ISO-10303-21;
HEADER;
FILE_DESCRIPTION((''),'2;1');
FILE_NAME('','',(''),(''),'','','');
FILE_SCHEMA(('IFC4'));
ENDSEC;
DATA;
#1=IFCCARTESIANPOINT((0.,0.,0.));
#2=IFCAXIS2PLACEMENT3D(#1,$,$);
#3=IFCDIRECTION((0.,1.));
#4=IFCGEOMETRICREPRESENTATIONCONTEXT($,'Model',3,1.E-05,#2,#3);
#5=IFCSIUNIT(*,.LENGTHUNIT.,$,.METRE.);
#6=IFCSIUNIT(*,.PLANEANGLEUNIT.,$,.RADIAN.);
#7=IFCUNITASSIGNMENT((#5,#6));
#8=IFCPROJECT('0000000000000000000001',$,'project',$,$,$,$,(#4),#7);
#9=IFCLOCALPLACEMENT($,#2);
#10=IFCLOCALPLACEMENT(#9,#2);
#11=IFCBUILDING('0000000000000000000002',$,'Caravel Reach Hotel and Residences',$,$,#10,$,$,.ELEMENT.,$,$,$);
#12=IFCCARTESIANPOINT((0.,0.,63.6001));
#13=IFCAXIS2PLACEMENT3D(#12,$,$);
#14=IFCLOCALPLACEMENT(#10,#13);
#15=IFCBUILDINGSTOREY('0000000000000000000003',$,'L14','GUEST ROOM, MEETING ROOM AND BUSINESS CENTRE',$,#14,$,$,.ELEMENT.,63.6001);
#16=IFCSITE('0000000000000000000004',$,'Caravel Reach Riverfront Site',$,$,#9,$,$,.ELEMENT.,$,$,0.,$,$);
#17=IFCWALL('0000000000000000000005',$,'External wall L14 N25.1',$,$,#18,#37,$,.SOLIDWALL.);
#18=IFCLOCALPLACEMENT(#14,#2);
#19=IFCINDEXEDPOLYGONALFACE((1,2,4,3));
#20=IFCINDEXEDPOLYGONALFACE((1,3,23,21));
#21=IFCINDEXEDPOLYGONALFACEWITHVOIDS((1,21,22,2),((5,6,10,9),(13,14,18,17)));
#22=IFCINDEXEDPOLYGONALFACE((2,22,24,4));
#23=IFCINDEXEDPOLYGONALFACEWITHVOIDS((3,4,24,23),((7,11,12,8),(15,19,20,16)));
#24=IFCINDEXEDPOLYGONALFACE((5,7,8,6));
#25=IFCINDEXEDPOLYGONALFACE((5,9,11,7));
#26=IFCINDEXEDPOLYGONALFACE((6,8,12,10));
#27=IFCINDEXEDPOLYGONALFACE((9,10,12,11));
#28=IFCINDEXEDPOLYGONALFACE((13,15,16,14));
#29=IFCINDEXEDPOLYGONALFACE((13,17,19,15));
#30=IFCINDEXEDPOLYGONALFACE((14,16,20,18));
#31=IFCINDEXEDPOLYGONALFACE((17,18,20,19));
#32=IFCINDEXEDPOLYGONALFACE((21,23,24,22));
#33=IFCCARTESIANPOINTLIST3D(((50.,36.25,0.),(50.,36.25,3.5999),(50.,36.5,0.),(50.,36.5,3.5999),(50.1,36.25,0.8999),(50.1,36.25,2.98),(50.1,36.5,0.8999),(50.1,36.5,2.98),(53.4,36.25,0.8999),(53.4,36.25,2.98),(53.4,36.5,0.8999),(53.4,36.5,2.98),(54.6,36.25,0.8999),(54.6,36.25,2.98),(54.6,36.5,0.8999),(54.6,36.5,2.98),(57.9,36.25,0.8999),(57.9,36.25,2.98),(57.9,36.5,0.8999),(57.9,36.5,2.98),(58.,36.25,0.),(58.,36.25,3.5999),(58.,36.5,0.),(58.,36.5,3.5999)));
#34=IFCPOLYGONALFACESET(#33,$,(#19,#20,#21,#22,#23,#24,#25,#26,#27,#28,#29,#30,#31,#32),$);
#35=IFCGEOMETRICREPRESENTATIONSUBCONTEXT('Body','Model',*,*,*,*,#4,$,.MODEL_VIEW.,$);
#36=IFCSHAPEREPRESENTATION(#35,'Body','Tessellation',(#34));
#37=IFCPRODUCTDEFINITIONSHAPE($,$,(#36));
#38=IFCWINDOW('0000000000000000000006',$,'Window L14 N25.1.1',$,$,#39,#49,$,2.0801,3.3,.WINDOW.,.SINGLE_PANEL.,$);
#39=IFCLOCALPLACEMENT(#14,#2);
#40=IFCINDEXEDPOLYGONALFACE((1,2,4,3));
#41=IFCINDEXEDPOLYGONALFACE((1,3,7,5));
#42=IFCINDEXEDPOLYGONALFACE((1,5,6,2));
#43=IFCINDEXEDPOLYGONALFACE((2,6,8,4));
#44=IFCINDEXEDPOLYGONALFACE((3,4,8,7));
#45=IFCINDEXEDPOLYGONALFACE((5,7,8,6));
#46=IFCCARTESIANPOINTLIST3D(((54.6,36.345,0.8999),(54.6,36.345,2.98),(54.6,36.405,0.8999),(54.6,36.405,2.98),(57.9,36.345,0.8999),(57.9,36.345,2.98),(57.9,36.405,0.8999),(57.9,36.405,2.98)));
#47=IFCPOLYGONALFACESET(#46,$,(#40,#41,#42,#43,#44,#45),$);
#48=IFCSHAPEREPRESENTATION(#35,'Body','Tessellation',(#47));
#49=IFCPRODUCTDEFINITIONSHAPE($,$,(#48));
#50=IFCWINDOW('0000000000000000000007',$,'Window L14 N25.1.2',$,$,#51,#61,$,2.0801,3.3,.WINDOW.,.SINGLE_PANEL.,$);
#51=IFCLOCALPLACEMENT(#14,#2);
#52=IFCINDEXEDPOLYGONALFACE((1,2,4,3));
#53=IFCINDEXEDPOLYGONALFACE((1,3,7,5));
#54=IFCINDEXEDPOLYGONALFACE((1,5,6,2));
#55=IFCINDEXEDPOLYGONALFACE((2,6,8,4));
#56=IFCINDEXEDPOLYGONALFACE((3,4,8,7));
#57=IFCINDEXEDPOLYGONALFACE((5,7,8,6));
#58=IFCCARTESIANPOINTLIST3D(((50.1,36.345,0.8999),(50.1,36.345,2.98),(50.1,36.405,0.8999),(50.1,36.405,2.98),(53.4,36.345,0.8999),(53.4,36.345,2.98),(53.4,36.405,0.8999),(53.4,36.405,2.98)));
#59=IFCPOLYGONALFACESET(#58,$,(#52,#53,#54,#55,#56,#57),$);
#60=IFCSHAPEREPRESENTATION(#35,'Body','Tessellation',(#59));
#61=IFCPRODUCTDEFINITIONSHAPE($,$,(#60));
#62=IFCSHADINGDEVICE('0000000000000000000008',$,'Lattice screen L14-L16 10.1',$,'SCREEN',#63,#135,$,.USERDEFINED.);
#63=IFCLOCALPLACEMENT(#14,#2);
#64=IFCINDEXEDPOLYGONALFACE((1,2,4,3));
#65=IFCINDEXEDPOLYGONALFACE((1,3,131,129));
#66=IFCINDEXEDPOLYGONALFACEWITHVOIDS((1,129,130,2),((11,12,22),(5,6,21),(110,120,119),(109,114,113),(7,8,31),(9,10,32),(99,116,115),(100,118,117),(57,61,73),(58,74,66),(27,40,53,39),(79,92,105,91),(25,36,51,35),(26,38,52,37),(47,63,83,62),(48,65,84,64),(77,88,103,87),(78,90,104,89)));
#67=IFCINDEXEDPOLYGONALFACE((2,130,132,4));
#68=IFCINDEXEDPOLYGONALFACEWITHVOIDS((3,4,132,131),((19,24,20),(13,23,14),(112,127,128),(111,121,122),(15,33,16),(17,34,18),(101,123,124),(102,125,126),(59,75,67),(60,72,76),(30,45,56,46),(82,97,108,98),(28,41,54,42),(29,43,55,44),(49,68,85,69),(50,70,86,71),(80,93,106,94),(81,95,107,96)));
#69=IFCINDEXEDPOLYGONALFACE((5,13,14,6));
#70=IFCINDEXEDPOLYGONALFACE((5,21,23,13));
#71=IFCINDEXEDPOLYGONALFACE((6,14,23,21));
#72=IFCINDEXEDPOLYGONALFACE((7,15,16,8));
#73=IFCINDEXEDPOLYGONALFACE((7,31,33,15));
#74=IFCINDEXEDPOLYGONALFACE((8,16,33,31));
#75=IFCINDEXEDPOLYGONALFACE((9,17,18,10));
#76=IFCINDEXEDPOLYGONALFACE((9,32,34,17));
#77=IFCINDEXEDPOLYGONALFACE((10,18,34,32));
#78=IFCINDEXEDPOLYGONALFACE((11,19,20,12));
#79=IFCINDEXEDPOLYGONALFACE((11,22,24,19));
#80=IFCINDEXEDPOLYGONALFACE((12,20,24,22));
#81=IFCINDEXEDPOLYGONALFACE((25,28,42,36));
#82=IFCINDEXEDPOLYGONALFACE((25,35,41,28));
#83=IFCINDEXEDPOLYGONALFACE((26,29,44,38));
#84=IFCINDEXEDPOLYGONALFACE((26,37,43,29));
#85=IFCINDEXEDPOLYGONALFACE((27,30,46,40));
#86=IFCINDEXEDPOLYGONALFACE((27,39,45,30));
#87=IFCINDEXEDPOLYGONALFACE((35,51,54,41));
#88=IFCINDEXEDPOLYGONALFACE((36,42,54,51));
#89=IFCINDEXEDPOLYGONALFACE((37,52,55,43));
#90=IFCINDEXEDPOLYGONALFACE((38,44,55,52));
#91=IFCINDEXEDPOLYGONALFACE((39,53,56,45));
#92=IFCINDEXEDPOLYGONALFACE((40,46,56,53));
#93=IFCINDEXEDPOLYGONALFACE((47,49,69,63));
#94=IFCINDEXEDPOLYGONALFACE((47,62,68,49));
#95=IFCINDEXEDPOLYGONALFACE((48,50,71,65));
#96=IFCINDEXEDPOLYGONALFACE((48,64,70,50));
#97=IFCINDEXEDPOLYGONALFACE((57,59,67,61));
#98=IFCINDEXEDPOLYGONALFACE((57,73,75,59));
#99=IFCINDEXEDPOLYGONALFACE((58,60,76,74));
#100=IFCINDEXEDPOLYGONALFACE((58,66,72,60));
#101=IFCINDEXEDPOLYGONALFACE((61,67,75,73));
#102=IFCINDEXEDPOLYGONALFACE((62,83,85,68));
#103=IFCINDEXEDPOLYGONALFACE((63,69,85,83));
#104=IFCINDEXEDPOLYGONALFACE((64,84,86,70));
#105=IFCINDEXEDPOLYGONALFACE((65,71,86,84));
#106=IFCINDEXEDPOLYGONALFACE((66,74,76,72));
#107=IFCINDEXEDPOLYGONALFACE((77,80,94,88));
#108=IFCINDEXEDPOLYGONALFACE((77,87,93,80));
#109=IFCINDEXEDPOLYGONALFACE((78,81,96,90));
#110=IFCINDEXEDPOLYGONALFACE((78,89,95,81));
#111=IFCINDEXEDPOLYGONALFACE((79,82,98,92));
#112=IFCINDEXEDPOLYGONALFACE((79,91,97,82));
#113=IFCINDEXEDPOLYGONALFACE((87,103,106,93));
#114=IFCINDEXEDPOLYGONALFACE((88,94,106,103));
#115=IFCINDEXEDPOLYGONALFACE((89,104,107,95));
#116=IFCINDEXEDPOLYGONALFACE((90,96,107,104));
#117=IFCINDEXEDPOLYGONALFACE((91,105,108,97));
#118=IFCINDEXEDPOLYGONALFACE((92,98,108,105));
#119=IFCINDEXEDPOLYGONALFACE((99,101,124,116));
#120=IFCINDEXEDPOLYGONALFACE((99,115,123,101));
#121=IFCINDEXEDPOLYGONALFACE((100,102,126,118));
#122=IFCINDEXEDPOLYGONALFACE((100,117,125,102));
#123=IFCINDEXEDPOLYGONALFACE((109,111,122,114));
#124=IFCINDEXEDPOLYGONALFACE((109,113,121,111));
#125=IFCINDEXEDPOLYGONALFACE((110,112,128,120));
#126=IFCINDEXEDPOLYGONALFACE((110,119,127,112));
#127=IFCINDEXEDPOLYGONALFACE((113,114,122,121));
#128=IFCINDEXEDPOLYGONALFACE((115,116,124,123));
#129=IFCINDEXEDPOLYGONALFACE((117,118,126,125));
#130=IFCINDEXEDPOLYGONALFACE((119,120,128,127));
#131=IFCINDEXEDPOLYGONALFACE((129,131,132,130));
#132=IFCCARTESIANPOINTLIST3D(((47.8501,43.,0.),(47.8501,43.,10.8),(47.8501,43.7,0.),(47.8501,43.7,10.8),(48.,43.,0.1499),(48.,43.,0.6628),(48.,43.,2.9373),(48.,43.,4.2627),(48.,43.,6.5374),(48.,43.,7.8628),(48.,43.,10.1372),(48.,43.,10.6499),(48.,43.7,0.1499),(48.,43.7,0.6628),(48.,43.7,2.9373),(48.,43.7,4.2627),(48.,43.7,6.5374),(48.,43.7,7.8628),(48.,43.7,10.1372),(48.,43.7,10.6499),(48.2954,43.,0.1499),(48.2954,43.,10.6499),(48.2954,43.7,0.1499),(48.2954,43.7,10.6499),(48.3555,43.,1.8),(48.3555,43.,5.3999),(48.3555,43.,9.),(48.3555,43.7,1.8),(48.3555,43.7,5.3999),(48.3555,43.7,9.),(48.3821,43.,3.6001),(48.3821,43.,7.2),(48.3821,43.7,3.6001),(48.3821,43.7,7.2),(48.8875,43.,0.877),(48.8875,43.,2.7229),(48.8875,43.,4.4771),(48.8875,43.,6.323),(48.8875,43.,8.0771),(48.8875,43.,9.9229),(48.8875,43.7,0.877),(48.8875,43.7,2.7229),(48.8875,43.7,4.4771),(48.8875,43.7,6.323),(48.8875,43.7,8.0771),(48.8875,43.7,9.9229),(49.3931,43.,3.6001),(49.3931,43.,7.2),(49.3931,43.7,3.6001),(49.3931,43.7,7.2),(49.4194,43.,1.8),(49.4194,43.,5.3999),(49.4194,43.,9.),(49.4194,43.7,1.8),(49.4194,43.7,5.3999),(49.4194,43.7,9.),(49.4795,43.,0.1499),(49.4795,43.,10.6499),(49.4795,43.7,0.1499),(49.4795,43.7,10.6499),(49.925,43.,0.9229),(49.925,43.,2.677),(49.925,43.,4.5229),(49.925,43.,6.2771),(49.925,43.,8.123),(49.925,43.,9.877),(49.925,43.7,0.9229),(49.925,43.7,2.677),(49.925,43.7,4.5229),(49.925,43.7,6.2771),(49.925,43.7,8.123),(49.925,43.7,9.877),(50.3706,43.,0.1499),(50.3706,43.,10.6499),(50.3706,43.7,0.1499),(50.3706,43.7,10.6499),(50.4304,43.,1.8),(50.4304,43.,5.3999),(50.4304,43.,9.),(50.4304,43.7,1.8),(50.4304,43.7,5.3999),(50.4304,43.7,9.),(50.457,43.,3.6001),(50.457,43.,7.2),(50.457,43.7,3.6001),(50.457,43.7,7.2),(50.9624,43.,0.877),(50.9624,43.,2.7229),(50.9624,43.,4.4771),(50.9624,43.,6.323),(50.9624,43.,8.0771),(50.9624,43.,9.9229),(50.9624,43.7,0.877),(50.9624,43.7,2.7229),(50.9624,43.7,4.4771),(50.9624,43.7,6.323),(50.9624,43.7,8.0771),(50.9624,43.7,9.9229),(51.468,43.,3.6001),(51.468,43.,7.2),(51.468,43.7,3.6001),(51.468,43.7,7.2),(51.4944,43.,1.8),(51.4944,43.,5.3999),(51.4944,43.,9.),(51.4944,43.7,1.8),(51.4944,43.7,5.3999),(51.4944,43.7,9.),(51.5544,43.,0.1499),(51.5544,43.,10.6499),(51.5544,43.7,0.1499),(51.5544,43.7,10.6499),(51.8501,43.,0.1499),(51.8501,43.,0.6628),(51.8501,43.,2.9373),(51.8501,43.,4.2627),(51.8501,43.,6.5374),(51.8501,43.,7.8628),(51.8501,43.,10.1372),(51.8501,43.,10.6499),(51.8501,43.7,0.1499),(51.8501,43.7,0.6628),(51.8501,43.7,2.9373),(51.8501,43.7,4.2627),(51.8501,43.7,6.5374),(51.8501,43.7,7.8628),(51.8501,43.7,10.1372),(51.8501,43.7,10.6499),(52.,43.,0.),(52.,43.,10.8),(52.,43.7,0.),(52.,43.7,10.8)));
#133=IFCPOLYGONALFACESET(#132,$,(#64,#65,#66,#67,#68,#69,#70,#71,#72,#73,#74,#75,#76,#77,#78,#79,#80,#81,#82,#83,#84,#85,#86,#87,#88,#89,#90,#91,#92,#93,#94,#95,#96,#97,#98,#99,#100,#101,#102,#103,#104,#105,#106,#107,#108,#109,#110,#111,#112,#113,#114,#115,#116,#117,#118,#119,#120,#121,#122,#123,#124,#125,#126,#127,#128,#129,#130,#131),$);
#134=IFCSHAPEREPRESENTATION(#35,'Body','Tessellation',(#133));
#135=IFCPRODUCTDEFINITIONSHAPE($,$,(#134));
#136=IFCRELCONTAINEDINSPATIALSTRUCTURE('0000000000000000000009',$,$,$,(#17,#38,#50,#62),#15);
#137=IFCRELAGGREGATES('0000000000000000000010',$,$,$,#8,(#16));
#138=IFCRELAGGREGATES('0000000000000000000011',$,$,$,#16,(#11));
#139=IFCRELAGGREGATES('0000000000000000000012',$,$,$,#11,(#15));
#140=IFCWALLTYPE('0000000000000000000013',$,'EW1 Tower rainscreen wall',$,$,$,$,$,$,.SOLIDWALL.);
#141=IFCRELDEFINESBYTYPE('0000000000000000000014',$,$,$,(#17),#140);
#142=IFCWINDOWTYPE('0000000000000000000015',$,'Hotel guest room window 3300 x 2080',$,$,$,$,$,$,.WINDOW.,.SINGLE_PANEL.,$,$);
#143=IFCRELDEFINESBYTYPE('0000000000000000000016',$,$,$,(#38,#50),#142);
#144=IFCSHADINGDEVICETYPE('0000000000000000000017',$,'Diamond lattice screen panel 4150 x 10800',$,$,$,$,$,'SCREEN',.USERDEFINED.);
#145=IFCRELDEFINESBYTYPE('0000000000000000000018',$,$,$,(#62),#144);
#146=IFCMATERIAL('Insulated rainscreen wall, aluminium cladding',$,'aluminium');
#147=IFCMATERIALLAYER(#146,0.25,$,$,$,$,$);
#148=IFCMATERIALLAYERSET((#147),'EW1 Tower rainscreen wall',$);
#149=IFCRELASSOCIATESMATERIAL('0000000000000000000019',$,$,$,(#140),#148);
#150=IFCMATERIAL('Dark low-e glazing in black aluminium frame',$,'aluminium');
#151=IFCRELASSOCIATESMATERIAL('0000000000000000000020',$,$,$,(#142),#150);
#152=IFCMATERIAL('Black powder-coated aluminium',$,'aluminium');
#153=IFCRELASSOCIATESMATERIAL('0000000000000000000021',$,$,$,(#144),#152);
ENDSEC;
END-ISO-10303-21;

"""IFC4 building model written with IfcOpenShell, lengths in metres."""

from ifc_helpers import new_model, si_unit, direction, frame, frame_2d, origin, place, context, subcontext, project, spatial, polyline, rectangle, outline, extrude, material, layer, layer_set, type_object, element, fill, save


model = new_model("IFC4")

# Units and contexts
model_context = context("Model", 3, precision=1e-05, world=origin(), true_north=direction((0.0, 1.0)))
body_context = subcontext(model_context, "Body", "Model", "MODEL_VIEW")
ifc_project = project(units=[si_unit("LENGTHUNIT", "METRE"), si_unit("PLANEANGLEUNIT", "RADIAN")], contexts=[model_context])

# Site, building, storey
site_placement = place(None, origin())
site = spatial("IfcSite", under=ifc_project, at=site_placement, Name="Caravel Reach Riverfront Site", CompositionType="ELEMENT", RefElevation=0.0)
building_placement = place(site_placement, origin())
building = spatial("IfcBuilding", under=site, at=building_placement, Name="Caravel Reach Hotel and Residences", CompositionType="ELEMENT")
storey_placement = place(building_placement, frame((0.0, 0.0, 63.6001)))
storey = spatial("IfcBuildingStorey", under=building, at=storey_placement, Name="L14", Description="GUEST ROOM, MEETING ROOM AND BUSINESS CENTRE", CompositionType="ELEMENT", Elevation=63.6001)

# Shared definitions
ifc_material_1 = material(Name="Insulated rainscreen wall, aluminium cladding", Category="aluminium")
ifc_layer = layer(ifc_material_1, 0.25)
ifc_layer_set = layer_set([ifc_layer], Name="EW1 Tower rainscreen wall")
wall_type = type_object("IfcWallType", Name="EW1 Tower rainscreen wall", PredefinedType="SOLIDWALL", material=ifc_layer_set)

# Wall, openings, windows
wall_1_placement = place(storey_placement, frame((58.0, 36.375, 0.0), z_axis=(0.0, 0.0, 1.0), x_axis=(-1.0, 0.0, 0.0)))
wall_1 = element("IfcWall", 1, at=wall_1_placement, inside=storey, type_object=wall_type, Name="External wall L14 N25.1", PredefinedType="SOLIDWALL", context=body_context, shape_type="SweptSolid", body=[
    extrude(rectangle(XDim=8.0, YDim=0.25, at=frame_2d((4.0, 0.0))), origin(), (0.0, 0.0, 1.0), 3.5999),
])
opening_1_placement = place(wall_1_placement, frame((0.1001, 0.0, 0.8999)))
opening_1 = element("IfcOpeningElement", 2, at=opening_1_placement, cuts=wall_1, PredefinedType="OPENING", context=body_context, shape_type="SweptSolid", body=[
    extrude(rectangle(XDim=3.3, YDim=2.0801, at=frame_2d((1.6499, 1.04))), frame((0.0, 0.135, 0.0), z_axis=(0.0, -1.0, 0.0), x_axis=(1.0, 0.0, 0.0)), (0.0, 0.0, 1.0), 0.27),
])
opening_2_placement = place(wall_1_placement, frame((4.6001, 0.0, 0.8999)))
opening_2 = element("IfcOpeningElement", 3, at=opening_2_placement, cuts=wall_1, PredefinedType="OPENING", context=body_context, shape_type="SweptSolid", body=[
    extrude(rectangle(XDim=3.3, YDim=2.0801, at=frame_2d((1.6499, 1.04))), frame((0.0, 0.135, 0.0), z_axis=(0.0, -1.0, 0.0), x_axis=(1.0, 0.0, 0.0)), (0.0, 0.0, 1.0), 0.27),
])
ifc_material_2 = material(Name="Dark low-e glazing in black aluminium frame", Category="aluminium")
window_type_1 = type_object("IfcWindowType", Name="Hotel guest room window 3300 x 2080", PartitioningType="SINGLE_PANEL", PredefinedType="WINDOW", material=ifc_material_2)
window_1_placement = place(opening_1_placement, origin())
window_1 = element("IfcWindow", 4, at=window_1_placement, inside=storey, type_object=window_type_1, Name="Window L14 N25.1.1", OverallHeight=2.0801, OverallWidth=3.3, PartitioningType="SINGLE_PANEL", PredefinedType="WINDOW", context=body_context, shape_type="SweptSolid", body=[
    extrude(rectangle(XDim=3.3, YDim=2.0801, at=frame_2d((1.6499, 1.04))), frame((0.0, 0.03, 0.0), z_axis=(0.0, -1.0, 0.0), x_axis=(1.0, 0.0, 0.0)), (0.0, 0.0, 1.0), 0.0601),
])
fill(opening_1, window_1)
window_2_placement = place(opening_2_placement, origin())
window_2 = element("IfcWindow", 5, at=window_2_placement, inside=storey, type_object=window_type_1, Name="Window L14 N25.1.2", OverallHeight=2.0801, OverallWidth=3.3, PartitioningType="SINGLE_PANEL", PredefinedType="WINDOW", context=body_context, shape_type="SweptSolid", body=[
    extrude(rectangle(XDim=3.3, YDim=2.0801, at=frame_2d((1.6499, 1.04))), frame((0.0, 0.03, 0.0), z_axis=(0.0, -1.0, 0.0), x_axis=(1.0, 0.0, 0.0)), (0.0, 0.0, 1.0), 0.0601),
])
fill(opening_2, window_2)

# Shading device
ifc_material_3 = material(Name="Black powder-coated aluminium", Category="aluminium")
shading_device_type_1 = type_object("IfcShadingDeviceType", Name="Diamond lattice screen panel 4150 x 10800", ElementType="SCREEN", PredefinedType="USERDEFINED", material=ifc_material_3)
shading_device_1_placement = place(storey_placement, frame((52.0, 43.0, 0.0), z_axis=(0.0, 1.0, 0.0), x_axis=(-1.0, 0.0, 0.0)))
element("IfcShadingDevice", 6, at=shading_device_1_placement, inside=storey, type_object=shading_device_type_1, Name="Lattice screen L14-L16 10.1", ObjectType="SCREEN", PredefinedType="USERDEFINED", context=body_context, shape_type="SweptSolid", body=[
    extrude(outline(polyline([(0.0, 0.0), (4.1499, 0.0), (4.1499, 10.8), (0.0, 10.8), (0.0, 0.0)]), holes=[polyline([(0.4456, 0.1499), (0.1499, 0.6628), (0.1499, 0.1499), (0.4456, 0.1499)]), polyline([(0.532, 3.6001), (0.1499, 4.2627), (0.1499, 2.9373), (0.532, 3.6001)]), polyline([(0.532, 7.2), (0.1499, 7.8628), (0.1499, 6.5374), (0.532, 7.2)]), polyline([(0.1499, 10.1372), (0.4456, 10.6499), (0.1499, 10.6499), (0.1499, 10.1372)]), polyline([(1.0376, 2.7229), (0.5056, 1.8), (1.0376, 0.877), (1.5696, 1.8), (1.0376, 2.7229)]), polyline([(1.0376, 6.323), (0.5056, 5.3999), (1.0376, 4.4771), (1.5696, 5.3999), (1.0376, 6.323)]), polyline([(1.0376, 9.9229), (0.5056, 9.0), (1.0376, 8.0771), (1.5696, 9.0), (1.0376, 9.9229)]), polyline([(2.075, 0.9229), (1.6294, 0.1499), (2.5205, 0.1499), (2.075, 0.9229)]), polyline([(2.075, 4.5229), (1.543, 3.6001), (2.075, 2.677), (2.6069, 3.6001), (2.075, 4.5229)]), polyline([(2.075, 8.123), (1.543, 7.2), (2.075, 6.2771), (2.6069, 7.2), (2.075, 8.123)]), polyline([(2.075, 9.877), (2.5205, 10.6499), (1.6294, 10.6499), (2.075, 9.877)]), polyline([(3.1125, 2.7229), (2.5806, 1.8), (3.1125, 0.877), (3.6445, 1.8), (3.1125, 2.7229)]), polyline([(3.1125, 6.323), (2.5806, 5.3999), (3.1125, 4.4771), (3.6445, 5.3999), (3.1125, 6.323)]), polyline([(3.1125, 9.9229), (2.5806, 9.0), (3.1125, 8.0771), (3.6445, 9.0), (3.1125, 9.9229)]), polyline([(4.0, 0.6628), (3.7046, 0.1499), (4.0, 0.1499), (4.0, 0.6628)]), polyline([(3.6179, 3.6001), (4.0, 2.9373), (4.0, 4.2627), (3.6179, 3.6001)]), polyline([(3.6179, 7.2), (4.0, 6.5374), (4.0, 7.8628), (3.6179, 7.2)]), polyline([(3.7046, 10.6499), (4.0, 10.1372), (4.0, 10.6499), (3.7046, 10.6499)])]), origin(), (0.0, 0.0, 1.0), 0.7),
])

save(model, "model.ifc")
